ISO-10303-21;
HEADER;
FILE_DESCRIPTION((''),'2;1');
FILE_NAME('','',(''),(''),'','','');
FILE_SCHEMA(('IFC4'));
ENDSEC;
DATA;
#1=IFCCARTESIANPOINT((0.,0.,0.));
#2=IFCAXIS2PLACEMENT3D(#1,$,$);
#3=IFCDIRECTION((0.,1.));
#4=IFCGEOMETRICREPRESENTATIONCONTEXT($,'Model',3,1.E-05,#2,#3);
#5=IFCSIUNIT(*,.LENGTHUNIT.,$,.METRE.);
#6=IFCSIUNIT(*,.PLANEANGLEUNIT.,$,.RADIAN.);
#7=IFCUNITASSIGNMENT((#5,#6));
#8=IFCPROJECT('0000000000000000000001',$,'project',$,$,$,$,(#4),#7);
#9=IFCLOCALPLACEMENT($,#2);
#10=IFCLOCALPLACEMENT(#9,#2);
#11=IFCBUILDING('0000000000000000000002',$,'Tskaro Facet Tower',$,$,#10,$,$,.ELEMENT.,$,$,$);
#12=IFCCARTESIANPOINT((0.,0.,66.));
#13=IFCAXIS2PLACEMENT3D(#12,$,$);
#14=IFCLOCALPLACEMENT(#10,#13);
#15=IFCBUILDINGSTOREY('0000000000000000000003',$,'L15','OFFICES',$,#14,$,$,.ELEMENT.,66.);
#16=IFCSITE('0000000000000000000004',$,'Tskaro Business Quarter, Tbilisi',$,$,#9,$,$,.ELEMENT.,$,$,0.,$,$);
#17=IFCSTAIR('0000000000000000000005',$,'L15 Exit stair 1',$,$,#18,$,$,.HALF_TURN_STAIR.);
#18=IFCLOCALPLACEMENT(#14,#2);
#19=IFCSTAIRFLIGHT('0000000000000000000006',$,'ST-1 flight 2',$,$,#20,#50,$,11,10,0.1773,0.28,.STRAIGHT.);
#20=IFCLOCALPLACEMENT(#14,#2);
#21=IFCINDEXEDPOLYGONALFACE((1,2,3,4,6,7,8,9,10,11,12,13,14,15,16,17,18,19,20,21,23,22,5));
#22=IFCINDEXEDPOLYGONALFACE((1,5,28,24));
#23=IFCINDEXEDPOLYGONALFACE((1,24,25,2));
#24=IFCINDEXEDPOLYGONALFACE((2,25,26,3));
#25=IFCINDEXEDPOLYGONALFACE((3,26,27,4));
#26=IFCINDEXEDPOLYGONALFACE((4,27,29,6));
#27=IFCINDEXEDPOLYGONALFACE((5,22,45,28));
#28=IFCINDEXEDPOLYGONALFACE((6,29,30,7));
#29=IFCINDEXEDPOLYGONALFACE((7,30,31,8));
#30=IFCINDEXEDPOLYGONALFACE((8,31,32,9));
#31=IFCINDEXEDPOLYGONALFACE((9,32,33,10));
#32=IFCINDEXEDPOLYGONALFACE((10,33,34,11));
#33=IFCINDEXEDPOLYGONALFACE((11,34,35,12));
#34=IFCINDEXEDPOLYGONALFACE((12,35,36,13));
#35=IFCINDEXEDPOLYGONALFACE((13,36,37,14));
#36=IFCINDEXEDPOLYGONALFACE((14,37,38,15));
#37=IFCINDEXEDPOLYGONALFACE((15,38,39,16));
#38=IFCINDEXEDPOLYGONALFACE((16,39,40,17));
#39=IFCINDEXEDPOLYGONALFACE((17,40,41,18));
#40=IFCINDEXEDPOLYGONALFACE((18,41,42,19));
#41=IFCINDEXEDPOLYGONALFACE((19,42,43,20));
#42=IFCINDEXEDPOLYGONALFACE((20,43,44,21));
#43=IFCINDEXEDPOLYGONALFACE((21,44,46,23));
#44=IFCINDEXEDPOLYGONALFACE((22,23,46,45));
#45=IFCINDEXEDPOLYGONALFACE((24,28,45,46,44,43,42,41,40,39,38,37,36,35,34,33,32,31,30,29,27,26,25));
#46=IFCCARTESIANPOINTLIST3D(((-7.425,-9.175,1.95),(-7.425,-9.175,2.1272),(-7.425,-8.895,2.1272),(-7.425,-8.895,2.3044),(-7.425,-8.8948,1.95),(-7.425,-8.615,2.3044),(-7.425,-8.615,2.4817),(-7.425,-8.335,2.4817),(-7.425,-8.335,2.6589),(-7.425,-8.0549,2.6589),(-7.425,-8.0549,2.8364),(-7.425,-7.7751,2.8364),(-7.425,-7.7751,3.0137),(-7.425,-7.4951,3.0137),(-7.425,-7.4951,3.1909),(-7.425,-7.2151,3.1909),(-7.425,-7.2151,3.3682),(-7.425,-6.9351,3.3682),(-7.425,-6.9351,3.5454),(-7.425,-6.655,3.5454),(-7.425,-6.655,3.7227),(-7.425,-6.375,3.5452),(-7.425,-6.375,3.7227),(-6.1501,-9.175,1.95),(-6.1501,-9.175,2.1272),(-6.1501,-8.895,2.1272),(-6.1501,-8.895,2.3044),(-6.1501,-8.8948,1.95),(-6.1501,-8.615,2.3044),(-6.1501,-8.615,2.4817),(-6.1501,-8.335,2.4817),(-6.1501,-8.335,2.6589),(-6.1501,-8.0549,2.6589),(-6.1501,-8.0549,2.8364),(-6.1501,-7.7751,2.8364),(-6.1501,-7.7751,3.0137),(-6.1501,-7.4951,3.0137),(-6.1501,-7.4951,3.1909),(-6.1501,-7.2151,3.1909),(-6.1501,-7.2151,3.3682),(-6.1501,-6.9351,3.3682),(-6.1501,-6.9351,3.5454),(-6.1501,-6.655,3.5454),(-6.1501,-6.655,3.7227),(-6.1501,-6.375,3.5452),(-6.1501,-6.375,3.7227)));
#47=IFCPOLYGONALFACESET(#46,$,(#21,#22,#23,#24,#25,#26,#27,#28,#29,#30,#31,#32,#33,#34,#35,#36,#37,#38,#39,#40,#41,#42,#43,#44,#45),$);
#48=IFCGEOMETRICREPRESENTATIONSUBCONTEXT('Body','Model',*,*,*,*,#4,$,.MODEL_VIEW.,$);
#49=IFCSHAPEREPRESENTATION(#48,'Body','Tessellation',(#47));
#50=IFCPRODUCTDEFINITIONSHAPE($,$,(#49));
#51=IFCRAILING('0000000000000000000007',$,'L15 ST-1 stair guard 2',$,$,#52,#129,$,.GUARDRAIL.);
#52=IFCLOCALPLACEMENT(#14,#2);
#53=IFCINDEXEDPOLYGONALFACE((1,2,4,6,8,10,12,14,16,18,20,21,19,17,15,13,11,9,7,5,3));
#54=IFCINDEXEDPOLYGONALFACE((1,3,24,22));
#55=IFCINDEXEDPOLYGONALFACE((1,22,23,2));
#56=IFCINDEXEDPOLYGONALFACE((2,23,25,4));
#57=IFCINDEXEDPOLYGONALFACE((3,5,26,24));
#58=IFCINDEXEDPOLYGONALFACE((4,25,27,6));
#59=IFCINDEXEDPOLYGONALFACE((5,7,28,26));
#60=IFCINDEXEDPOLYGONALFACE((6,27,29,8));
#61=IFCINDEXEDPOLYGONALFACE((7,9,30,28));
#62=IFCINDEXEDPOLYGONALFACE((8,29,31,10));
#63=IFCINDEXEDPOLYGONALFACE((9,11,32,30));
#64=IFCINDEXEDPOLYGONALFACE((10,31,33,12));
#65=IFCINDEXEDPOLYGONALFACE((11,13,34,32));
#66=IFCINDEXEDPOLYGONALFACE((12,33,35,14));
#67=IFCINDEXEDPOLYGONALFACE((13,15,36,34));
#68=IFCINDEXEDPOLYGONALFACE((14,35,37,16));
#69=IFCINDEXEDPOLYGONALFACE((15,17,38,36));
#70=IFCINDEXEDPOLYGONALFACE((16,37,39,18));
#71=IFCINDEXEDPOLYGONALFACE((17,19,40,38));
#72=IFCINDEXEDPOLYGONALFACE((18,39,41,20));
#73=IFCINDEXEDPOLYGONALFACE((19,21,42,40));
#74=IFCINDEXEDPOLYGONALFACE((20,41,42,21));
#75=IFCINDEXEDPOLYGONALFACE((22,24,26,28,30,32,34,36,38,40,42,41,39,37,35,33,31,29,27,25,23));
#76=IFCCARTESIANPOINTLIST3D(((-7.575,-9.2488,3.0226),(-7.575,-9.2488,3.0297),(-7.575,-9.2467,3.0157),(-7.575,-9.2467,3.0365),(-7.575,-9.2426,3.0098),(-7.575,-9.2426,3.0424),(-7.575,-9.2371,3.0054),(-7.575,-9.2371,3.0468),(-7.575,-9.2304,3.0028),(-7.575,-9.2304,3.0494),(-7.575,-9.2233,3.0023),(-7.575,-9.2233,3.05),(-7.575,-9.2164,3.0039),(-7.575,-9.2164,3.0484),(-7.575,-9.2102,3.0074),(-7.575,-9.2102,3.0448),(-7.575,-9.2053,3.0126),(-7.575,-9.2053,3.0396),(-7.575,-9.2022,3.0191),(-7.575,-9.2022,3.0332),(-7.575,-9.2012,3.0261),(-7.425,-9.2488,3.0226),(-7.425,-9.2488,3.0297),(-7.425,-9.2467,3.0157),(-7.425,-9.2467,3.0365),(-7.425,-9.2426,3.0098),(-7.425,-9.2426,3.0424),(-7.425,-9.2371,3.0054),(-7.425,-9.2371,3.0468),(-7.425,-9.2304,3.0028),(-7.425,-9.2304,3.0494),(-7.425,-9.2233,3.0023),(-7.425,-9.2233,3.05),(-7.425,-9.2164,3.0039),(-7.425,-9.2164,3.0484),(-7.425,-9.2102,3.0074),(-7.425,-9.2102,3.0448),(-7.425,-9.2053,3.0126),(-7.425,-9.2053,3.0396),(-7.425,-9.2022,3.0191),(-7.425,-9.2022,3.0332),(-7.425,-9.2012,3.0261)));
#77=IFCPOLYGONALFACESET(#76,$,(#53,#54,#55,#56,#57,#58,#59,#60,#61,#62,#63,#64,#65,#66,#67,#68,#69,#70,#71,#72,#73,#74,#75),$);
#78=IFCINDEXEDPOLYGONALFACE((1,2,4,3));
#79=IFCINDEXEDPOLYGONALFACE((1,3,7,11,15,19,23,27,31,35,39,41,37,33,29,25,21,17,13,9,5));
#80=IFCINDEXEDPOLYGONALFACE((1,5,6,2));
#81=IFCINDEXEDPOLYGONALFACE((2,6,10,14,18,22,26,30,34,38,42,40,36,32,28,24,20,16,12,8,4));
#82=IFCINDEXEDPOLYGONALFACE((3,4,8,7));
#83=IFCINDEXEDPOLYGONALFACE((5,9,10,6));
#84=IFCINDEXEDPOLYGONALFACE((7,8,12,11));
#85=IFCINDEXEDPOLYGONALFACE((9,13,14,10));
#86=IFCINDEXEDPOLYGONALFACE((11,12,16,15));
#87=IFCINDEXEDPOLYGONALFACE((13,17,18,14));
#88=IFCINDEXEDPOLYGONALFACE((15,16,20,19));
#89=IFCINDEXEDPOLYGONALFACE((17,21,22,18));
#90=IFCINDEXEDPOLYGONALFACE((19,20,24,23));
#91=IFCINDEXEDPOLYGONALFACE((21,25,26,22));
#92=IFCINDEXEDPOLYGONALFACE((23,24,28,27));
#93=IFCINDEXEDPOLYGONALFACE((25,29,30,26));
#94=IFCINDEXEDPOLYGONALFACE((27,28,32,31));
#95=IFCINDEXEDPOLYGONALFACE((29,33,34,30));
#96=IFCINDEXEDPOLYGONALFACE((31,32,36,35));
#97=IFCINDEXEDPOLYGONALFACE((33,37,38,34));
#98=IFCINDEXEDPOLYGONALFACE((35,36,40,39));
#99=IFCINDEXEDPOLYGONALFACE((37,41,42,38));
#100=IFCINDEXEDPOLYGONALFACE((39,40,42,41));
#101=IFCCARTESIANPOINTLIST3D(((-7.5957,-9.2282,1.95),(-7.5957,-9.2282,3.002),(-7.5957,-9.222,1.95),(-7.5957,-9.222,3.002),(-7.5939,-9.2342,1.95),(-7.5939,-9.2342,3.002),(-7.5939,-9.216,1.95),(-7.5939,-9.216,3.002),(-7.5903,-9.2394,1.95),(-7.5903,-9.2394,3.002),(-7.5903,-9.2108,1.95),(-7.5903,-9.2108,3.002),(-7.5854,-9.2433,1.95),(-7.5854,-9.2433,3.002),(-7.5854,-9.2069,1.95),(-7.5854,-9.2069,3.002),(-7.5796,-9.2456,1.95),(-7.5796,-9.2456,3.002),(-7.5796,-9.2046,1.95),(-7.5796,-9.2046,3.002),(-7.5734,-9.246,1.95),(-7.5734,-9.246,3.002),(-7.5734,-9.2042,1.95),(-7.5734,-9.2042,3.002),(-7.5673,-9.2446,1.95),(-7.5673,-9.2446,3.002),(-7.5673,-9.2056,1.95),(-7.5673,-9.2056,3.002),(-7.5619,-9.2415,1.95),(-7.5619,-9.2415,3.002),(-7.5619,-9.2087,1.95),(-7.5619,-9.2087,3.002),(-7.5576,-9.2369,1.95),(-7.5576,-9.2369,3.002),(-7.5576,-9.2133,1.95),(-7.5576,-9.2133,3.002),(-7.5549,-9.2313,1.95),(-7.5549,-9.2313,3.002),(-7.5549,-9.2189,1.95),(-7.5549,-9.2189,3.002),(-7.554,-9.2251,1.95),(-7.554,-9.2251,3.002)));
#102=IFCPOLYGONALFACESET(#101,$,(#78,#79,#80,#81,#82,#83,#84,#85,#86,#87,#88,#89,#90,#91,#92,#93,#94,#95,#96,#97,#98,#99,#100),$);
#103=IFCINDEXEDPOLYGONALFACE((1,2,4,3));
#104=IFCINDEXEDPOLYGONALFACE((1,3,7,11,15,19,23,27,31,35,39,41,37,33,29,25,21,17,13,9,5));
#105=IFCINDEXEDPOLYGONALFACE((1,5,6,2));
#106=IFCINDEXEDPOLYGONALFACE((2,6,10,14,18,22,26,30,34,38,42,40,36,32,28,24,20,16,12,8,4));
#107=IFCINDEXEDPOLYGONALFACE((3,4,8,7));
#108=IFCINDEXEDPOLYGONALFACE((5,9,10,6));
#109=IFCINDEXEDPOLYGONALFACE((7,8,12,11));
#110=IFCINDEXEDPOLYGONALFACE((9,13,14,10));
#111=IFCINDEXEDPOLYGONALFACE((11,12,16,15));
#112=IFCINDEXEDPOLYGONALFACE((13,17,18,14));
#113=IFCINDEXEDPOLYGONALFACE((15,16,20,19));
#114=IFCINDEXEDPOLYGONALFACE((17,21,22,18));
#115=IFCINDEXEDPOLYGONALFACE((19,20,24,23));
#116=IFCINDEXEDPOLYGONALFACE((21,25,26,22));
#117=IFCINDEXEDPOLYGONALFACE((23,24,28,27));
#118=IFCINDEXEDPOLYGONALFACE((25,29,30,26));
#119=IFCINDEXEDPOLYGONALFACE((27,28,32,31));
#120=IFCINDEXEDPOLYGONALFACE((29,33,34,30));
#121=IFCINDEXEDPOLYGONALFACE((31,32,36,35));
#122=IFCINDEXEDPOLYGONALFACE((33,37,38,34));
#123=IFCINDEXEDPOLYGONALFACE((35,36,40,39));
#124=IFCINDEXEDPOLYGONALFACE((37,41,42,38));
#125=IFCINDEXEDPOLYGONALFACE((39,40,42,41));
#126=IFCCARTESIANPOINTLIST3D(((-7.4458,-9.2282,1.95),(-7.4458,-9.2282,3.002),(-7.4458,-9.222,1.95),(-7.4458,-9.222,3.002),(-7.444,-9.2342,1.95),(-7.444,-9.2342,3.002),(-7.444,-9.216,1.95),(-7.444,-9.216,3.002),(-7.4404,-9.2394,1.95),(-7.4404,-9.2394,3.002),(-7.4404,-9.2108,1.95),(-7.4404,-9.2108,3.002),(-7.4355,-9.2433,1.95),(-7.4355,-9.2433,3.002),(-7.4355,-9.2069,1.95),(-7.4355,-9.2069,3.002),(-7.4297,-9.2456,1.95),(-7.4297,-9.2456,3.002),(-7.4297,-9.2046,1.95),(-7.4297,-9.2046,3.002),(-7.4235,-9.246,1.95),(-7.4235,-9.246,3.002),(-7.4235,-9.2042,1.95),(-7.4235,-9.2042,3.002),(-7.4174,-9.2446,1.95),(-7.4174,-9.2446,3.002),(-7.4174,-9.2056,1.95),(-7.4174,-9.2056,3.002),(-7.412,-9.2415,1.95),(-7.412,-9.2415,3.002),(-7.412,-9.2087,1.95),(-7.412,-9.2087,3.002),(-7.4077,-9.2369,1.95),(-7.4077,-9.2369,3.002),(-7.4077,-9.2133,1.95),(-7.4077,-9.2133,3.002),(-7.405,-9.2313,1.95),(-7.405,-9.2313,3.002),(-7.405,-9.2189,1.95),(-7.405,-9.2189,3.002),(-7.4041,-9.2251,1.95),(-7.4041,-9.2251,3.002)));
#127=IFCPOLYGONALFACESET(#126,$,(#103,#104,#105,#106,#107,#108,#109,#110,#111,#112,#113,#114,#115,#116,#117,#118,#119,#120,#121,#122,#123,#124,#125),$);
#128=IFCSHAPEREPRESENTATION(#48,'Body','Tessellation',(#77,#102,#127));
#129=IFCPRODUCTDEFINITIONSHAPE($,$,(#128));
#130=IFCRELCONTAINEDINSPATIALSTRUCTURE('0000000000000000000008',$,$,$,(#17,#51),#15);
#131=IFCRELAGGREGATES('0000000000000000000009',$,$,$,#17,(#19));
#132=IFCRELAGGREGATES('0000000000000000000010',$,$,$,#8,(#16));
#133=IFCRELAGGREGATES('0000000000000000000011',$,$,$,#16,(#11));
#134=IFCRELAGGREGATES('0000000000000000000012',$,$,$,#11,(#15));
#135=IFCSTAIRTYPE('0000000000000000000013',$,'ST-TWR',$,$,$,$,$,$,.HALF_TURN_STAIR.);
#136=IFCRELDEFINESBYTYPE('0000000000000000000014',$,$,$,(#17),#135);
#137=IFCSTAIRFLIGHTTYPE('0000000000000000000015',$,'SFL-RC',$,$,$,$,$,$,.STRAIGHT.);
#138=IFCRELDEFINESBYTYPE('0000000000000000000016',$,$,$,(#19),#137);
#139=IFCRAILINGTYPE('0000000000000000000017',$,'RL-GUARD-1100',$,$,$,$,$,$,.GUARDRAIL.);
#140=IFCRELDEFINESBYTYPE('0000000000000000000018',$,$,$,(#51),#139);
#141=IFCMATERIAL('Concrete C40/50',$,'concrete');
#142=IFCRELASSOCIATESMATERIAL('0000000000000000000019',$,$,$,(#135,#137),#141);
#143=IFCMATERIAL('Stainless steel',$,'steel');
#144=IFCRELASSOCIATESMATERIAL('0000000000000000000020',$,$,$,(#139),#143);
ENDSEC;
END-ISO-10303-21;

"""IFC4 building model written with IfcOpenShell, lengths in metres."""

from ifc_helpers import new_model, si_unit, direction, frame, origin, origin_2d, place, context, subcontext, project, spatial, polyline, circle, outline, extrude, material, type_object, element, aggregate, save


model = new_model("IFC4")

# Units and contexts
model_context = context("Model", 3, precision=1e-05, world=origin(), true_north=direction((0.0, 1.0)))
body_context = subcontext(model_context, "Body", "Model", "MODEL_VIEW")
ifc_project = project(units=[si_unit("LENGTHUNIT", "METRE"), si_unit("PLANEANGLEUNIT", "RADIAN")], contexts=[model_context])

# Site, building, storey
site_placement = place(None, origin())
site = spatial("IfcSite", under=ifc_project, at=site_placement, Name="Tskaro Business Quarter, Tbilisi", CompositionType="ELEMENT", RefElevation=0.0)
building_placement = place(site_placement, origin())
building = spatial("IfcBuilding", under=site, at=building_placement, Name="Tskaro Facet Tower", CompositionType="ELEMENT")
storey_placement = place(building_placement, frame((0.0, 0.0, 66.0)))
storey = spatial("IfcBuildingStorey", under=building, at=storey_placement, Name="L15", Description="OFFICES", CompositionType="ELEMENT", Elevation=66.0)

# Shared definitions
ifc_material_1 = material(Name="Stainless steel", Category="steel")

# Shared definitions
ifc_material_2 = material(Name="Concrete C40/50", Category="concrete")

# Stair, stair flight
stair_type = type_object("IfcStairType", Name="ST-TWR", PredefinedType="HALF_TURN_STAIR", material=ifc_material_2)
stair_placement = place(storey_placement, origin())
stair = element("IfcStair", 1, at=stair_placement, inside=storey, type_object=stair_type, Name="L15 Exit stair 1", PredefinedType="HALF_TURN_STAIR")
stair_flight_type = type_object("IfcStairFlightType", Name="SFL-RC", PredefinedType="STRAIGHT", material=ifc_material_2)
stair_flight_placement = place(storey_placement, frame((-6.7876, -9.175, 1.95), z_axis=(0.0, 0.0, 1.0), x_axis=(0.0, 1.0, 0.0)))
stair_flight = element("IfcStairFlight", 2, at=stair_flight_placement, type_object=stair_flight_type, Name="ST-1 flight 2", NumberOfRisers=11, NumberOfTreads=10, PredefinedType="STRAIGHT", RiserHeight=0.1773, TreadLength=0.28, context=body_context, shape_type="SweptSolid", body=[
    extrude(outline(polyline([(0.0, 0.0), (0.0, 0.1772), (0.28, 0.1772), (0.28, 0.3545), (0.5601, 0.3545), (0.5601, 0.5317), (0.8401, 0.5317), (0.8401, 0.709), (1.1201, 0.709), (1.1201, 0.8865), (1.3999, 0.8865), (1.3999, 1.0637), (1.6799, 1.0637), (1.6799, 1.241), (1.96, 1.241), (1.96, 1.4182), (2.24, 1.4182), (2.24, 1.5955), (2.52, 1.5955), (2.52, 1.7727), (2.8, 1.7727), (2.8, 1.95), (2.8, 1.5952), (0.2803, 0.0), (0.0, 0.0)])), frame((0.0, 0.6375, 0.0), z_axis=(0.0, -1.0, 0.0), x_axis=(1.0, 0.0, 0.0)), (0.0, 0.0, 1.0), 1.2749),
])
aggregate(stair, [stair_flight])

# Railing
railing_type_1 = type_object("IfcRailingType", Name="RL-GUARD-1100", PredefinedType="GUARDRAIL", material=ifc_material_1)
railing_1_placement = place(storey_placement, frame((-7.575, -9.2251, 1.95)))
element("IfcRailing", 3, at=railing_1_placement, inside=storey, type_object=railing_type_1, Name="L15 ST-1 stair guard 2", PredefinedType="GUARDRAIL", context=body_context, shape_type="SweptSolid", body=[
    extrude(circle(Radius=0.0239, at=origin_2d()), frame((0.0, 0.0, 1.0762), z_axis=(1.0, 0.0, 0.0), x_axis=(0.0, 1.0, 0.0)), (0.0, 0.0, 1.0), 0.1499),
    extrude(circle(Radius=0.021, at=origin_2d()), origin(), (0.0, 0.0, 1.0), 1.052),
    extrude(circle(Radius=0.021, at=origin_2d()), frame((0.1499, 0.0, 0.0)), (0.0, 0.0, 1.0), 1.052),
])

save(model, "model.ifc")
